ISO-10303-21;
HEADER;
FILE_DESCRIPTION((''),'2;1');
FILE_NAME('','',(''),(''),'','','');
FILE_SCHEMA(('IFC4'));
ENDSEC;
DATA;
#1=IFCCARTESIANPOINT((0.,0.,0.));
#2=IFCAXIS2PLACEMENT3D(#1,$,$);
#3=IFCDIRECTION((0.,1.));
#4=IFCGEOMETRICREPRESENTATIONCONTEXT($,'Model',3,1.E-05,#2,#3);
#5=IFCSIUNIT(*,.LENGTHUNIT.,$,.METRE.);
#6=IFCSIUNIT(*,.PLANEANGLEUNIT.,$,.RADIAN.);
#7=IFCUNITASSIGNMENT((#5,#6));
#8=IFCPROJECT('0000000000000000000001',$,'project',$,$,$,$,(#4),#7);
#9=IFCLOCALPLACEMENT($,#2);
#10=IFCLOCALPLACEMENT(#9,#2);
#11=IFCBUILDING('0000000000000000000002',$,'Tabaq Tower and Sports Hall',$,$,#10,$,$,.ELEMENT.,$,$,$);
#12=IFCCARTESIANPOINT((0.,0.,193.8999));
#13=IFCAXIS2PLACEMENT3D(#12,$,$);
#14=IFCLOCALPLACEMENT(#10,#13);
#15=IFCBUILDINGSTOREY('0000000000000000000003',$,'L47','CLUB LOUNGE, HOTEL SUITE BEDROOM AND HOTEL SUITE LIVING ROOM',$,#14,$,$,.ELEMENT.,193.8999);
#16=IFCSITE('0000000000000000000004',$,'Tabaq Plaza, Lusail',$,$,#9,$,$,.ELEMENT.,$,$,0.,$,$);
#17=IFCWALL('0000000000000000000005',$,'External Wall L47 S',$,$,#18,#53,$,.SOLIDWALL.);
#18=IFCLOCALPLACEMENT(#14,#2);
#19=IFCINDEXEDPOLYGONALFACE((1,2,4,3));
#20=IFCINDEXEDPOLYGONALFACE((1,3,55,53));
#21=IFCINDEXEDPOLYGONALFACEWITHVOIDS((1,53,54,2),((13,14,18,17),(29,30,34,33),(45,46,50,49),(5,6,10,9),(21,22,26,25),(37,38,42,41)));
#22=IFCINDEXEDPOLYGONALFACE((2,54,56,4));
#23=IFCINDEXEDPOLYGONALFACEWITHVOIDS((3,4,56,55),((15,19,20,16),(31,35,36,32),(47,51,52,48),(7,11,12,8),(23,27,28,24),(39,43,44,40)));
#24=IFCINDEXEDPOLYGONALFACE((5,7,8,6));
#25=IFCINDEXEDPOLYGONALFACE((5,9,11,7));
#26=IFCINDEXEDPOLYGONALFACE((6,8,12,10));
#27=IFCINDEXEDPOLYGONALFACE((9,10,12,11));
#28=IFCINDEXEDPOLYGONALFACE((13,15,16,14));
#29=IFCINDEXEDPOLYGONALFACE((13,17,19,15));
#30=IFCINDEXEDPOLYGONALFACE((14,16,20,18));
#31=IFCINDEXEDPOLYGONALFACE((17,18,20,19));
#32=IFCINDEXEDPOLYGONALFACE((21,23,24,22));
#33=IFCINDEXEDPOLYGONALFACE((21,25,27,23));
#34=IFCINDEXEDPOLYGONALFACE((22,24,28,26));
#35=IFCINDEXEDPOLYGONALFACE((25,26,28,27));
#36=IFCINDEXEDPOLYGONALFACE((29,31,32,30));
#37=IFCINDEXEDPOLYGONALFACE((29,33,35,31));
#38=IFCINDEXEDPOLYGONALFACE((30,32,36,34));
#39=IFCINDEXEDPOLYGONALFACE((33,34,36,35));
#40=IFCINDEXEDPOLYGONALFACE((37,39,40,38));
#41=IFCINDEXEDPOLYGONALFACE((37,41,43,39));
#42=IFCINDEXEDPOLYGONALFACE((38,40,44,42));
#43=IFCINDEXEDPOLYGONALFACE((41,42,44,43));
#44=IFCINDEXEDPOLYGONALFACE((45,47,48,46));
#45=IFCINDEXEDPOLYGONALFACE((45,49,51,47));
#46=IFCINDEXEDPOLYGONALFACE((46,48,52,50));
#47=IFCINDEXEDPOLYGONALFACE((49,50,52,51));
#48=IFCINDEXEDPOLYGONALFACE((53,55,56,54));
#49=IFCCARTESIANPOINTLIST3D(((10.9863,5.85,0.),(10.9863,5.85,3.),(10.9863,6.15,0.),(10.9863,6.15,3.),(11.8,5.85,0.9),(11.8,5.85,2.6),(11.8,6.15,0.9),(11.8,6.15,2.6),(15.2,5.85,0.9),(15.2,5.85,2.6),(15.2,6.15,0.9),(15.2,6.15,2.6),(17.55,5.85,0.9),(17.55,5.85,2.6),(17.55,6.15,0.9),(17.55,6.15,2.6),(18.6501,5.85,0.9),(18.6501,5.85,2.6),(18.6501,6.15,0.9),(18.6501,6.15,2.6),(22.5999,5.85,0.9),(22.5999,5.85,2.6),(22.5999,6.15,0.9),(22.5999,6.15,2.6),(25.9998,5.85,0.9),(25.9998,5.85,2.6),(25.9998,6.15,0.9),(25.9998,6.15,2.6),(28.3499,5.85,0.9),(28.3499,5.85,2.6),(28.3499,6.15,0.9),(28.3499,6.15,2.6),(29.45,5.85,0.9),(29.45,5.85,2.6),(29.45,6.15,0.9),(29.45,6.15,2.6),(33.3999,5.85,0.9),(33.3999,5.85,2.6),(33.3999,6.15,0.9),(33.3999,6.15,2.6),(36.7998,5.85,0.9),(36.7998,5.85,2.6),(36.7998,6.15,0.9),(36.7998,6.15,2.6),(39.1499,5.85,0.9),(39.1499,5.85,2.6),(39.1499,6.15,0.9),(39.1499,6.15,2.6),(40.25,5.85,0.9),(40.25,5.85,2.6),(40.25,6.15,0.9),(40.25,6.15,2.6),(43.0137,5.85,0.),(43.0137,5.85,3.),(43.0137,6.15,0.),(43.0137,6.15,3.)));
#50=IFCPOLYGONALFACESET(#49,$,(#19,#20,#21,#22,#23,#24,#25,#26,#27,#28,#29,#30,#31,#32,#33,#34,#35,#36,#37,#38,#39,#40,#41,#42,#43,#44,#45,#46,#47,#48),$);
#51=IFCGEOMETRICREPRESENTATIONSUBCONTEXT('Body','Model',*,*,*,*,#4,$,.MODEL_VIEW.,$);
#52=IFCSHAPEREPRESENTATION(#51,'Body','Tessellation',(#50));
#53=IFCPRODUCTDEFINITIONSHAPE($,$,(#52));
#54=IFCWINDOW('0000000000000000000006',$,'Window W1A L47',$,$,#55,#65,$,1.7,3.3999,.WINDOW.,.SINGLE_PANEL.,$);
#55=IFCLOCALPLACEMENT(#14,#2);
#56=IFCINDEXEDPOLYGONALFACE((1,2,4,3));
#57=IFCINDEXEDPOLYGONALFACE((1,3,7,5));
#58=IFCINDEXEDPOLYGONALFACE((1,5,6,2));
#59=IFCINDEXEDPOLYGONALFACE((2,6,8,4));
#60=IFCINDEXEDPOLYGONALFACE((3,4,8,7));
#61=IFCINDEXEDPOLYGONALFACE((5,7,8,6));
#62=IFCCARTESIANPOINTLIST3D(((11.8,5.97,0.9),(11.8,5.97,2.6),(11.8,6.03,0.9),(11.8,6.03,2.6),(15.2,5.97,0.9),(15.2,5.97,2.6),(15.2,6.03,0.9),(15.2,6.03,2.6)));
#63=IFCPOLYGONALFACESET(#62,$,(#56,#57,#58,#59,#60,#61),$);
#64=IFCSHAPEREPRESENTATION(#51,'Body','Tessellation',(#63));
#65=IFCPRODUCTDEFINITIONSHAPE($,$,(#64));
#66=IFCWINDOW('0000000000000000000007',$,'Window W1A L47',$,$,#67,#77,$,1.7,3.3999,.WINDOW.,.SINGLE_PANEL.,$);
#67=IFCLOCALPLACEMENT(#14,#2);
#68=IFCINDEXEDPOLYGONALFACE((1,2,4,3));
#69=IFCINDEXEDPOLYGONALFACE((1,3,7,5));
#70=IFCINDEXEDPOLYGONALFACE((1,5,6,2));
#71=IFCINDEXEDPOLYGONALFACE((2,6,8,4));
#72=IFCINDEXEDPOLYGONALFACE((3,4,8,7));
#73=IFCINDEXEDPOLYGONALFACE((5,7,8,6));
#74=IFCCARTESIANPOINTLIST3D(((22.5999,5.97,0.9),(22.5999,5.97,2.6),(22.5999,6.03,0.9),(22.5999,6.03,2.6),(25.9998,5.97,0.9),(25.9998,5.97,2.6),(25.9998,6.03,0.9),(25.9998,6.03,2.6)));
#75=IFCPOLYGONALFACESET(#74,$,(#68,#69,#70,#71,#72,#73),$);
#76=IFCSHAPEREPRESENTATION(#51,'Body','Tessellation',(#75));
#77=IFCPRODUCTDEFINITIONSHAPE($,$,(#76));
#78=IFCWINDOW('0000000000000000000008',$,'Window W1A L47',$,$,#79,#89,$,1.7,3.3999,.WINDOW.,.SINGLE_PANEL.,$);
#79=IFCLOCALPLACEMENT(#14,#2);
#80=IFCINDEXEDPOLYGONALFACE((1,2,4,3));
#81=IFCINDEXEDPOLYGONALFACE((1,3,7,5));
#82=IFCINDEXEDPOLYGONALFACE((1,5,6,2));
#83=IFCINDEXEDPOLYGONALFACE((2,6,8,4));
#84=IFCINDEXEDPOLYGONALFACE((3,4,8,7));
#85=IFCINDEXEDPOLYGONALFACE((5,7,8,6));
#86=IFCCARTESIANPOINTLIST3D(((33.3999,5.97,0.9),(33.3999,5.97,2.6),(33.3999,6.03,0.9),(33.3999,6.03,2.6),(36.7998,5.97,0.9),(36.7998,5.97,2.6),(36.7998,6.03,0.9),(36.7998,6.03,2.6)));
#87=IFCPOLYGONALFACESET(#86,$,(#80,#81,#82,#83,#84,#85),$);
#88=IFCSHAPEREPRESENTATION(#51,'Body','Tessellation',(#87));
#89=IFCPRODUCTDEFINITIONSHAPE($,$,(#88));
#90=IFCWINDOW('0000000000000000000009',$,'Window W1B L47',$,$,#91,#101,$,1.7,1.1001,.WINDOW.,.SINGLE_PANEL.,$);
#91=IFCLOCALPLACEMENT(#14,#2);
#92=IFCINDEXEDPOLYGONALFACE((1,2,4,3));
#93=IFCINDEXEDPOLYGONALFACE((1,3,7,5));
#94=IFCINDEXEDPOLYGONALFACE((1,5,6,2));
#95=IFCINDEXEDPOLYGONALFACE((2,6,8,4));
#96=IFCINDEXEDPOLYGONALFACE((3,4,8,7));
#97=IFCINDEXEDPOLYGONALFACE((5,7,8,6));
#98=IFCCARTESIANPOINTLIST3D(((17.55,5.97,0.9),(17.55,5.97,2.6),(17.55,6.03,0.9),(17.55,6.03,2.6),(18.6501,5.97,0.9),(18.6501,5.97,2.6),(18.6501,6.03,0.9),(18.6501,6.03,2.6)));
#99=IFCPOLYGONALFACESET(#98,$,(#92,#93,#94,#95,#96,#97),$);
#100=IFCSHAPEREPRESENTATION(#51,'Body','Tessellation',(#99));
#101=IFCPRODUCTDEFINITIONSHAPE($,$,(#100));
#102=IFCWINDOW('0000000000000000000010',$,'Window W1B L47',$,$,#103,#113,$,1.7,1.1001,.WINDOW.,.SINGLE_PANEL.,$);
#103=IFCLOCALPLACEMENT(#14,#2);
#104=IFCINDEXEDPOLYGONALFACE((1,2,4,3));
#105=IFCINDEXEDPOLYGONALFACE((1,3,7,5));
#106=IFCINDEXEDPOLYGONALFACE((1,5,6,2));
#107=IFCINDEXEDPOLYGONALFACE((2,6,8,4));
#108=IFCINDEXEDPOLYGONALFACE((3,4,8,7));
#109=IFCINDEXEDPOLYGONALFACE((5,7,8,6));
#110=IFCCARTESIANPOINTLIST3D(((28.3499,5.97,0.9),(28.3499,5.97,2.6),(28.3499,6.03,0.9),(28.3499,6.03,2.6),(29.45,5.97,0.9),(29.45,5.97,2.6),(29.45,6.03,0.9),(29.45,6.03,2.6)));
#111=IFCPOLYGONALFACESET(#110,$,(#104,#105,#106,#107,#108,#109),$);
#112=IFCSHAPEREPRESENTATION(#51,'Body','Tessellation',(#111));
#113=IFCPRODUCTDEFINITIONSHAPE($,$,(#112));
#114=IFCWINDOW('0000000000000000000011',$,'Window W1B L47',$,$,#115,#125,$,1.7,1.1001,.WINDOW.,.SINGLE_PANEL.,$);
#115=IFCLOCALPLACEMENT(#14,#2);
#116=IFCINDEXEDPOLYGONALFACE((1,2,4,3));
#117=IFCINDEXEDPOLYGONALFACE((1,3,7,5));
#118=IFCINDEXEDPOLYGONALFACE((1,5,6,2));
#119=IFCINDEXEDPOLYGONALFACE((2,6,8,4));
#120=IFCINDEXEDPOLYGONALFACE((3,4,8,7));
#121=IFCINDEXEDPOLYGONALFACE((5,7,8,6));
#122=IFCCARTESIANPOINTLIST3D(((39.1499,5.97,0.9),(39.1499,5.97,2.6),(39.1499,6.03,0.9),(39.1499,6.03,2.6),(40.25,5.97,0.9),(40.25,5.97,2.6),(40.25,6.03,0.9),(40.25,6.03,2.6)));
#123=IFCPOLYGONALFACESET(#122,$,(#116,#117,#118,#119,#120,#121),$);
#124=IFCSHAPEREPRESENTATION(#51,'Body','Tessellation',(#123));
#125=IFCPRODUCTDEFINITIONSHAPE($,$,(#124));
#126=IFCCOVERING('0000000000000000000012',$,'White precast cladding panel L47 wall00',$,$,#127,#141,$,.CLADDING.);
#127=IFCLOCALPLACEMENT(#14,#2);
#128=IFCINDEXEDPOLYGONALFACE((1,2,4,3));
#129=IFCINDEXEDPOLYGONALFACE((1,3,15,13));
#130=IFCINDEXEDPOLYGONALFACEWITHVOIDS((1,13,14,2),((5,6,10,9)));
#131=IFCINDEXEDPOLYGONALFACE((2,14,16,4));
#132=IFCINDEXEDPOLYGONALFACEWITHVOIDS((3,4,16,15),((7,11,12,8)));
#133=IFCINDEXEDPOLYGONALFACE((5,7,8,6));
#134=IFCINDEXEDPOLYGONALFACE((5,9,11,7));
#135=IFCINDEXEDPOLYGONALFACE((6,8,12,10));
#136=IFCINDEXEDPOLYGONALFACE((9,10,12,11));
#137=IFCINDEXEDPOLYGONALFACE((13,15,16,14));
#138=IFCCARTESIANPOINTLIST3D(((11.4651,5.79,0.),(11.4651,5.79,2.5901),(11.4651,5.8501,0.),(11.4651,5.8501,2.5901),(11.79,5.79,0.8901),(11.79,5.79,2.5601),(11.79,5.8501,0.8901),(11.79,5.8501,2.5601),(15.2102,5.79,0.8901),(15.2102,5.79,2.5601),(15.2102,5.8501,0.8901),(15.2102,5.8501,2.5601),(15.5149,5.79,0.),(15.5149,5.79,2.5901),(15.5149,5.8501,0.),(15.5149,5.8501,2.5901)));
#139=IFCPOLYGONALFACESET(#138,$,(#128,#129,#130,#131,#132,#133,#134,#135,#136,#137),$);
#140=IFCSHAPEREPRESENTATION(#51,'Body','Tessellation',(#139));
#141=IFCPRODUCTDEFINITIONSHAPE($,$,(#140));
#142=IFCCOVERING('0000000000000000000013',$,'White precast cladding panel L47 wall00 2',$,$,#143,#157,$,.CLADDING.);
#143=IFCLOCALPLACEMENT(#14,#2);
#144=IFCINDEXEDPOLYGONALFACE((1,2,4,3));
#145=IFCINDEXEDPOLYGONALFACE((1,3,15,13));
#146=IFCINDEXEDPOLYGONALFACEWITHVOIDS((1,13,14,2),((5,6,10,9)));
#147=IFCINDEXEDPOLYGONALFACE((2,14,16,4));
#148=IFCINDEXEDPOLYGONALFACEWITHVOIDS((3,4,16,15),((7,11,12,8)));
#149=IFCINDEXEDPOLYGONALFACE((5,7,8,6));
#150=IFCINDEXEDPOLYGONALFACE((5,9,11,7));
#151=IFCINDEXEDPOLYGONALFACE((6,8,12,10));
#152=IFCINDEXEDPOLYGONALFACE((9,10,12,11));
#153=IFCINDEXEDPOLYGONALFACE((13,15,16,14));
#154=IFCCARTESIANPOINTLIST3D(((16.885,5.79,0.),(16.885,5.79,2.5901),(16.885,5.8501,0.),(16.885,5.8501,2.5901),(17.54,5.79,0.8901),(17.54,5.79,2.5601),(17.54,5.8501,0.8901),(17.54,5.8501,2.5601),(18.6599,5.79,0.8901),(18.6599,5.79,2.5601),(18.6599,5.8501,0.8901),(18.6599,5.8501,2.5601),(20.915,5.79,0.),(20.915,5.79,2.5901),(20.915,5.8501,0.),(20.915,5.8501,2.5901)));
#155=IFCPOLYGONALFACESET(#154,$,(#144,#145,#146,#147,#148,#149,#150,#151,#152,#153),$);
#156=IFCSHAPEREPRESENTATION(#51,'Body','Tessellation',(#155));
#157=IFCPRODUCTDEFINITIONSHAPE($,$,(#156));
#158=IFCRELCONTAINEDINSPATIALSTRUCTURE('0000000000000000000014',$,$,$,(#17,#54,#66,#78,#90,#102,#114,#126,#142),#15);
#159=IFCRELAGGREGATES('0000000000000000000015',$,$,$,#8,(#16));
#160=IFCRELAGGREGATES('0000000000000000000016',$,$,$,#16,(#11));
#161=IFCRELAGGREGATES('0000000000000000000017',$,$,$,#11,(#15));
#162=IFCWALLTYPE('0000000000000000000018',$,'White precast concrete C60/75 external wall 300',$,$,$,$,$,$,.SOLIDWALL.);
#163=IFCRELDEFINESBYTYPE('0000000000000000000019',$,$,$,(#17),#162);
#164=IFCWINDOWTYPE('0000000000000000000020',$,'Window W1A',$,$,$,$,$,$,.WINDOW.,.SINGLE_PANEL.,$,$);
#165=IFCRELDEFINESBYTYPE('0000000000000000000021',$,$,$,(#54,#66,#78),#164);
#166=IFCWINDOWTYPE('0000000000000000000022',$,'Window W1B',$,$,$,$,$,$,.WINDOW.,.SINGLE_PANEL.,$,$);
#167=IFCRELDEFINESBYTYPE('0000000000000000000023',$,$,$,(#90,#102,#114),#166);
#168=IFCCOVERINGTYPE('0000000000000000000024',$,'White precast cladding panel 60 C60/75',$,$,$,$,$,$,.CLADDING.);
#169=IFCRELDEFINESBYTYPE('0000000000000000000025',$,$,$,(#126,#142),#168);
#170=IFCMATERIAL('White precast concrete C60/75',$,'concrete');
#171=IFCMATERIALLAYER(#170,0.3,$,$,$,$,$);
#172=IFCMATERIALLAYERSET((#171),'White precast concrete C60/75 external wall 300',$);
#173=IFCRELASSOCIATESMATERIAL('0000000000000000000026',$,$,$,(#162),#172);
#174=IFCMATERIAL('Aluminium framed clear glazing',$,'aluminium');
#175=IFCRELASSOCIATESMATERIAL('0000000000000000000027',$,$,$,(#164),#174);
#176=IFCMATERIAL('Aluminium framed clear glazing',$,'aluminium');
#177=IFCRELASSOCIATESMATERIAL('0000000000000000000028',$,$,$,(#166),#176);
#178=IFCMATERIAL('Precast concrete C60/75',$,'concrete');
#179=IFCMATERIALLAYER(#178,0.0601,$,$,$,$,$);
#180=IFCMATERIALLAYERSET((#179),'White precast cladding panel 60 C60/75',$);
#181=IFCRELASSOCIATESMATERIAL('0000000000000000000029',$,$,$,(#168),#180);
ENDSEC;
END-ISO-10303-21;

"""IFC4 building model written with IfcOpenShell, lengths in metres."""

from ifc_helpers import new_model, si_unit, direction, frame, frame_2d, origin, place, context, subcontext, project, spatial, polyline, rectangle, outline, extrude, material, layer, layer_set, type_object, element, fill, save


model = new_model("IFC4")

# Units and contexts
model_context = context("Model", 3, precision=1e-05, world=origin(), true_north=direction((0.0, 1.0)))
body_context = subcontext(model_context, "Body", "Model", "MODEL_VIEW")
ifc_project = project(units=[si_unit("LENGTHUNIT", "METRE"), si_unit("PLANEANGLEUNIT", "RADIAN")], contexts=[model_context])

# Site, building, storey
site_placement = place(None, origin())
site = spatial("IfcSite", under=ifc_project, at=site_placement, Name="Tabaq Plaza, Lusail", CompositionType="ELEMENT", RefElevation=0.0)
building_placement = place(site_placement, origin())
building = spatial("IfcBuilding", under=site, at=building_placement, Name="Tabaq Tower and Sports Hall", CompositionType="ELEMENT")
storey_placement = place(building_placement, frame((0.0, 0.0, 193.8999)))
storey = spatial("IfcBuildingStorey", under=building, at=storey_placement, Name="L47", Description="CLUB LOUNGE, HOTEL SUITE BEDROOM AND HOTEL SUITE LIVING ROOM", CompositionType="ELEMENT", Elevation=193.8999)

# Wall, openings, windows
ifc_material_1 = material(Name="White precast concrete C60/75", Category="concrete")
ifc_layer_1 = layer(ifc_material_1, 0.3)
ifc_layer_set_1 = layer_set([ifc_layer_1], Name="White precast concrete C60/75 external wall 300")
wall_type_1 = type_object("IfcWallType", Name="White precast concrete C60/75 external wall 300", PredefinedType="SOLIDWALL", material=ifc_layer_set_1)
wall_1_placement = place(storey_placement, frame((10.9863, 6.0, 0.0), z_axis=(0.0, 0.0, 1.0), x_axis=(1.0, 0.0, 0.0)))
wall_1 = element("IfcWall", 1, at=wall_1_placement, inside=storey, type_object=wall_type_1, Name="External Wall L47 S", PredefinedType="SOLIDWALL", context=body_context, shape_type="SweptSolid", body=[
    extrude(rectangle(XDim=32.0273, YDim=0.3, at=frame_2d((16.0137, 0.0))), origin(), (0.0, 0.0, 1.0), 3.0),
])
opening_1_placement = place(wall_1_placement, frame((0.8137, 0.0, 0.8999)))
opening_1 = element("IfcOpeningElement", 2, at=opening_1_placement, cuts=wall_1, PredefinedType="OPENING", context=body_context, shape_type="SweptSolid", body=[
    extrude(rectangle(XDim=3.3999, YDim=1.7, at=frame_2d((1.7, 0.8501))), frame((0.0, 0.1602, 0.0), z_axis=(0.0, -1.0, 0.0), x_axis=(1.0, 0.0, 0.0)), (0.0, 0.0, 1.0), 0.3201),
])
opening_2_placement = place(wall_1_placement, frame((6.5637, 0.0, 0.8999)))
opening_2 = element("IfcOpeningElement", 3, at=opening_2_placement, cuts=wall_1, PredefinedType="OPENING", context=body_context, shape_type="SweptSolid", body=[
    extrude(rectangle(XDim=1.1001, YDim=1.7, at=frame_2d((0.55, 0.8501))), frame((0.0, 0.1602, 0.0), z_axis=(0.0, -1.0, 0.0), x_axis=(1.0, 0.0, 0.0)), (0.0, 0.0, 1.0), 0.3201),
])
opening_3_placement = place(wall_1_placement, frame((11.6135, 0.0, 0.8999)))
opening_3 = element("IfcOpeningElement", 4, at=opening_3_placement, cuts=wall_1, PredefinedType="OPENING", context=body_context, shape_type="SweptSolid", body=[
    extrude(rectangle(XDim=3.3999, YDim=1.7, at=frame_2d((1.7, 0.8501))), frame((0.0, 0.1602, 0.0), z_axis=(0.0, -1.0, 0.0), x_axis=(1.0, 0.0, 0.0)), (0.0, 0.0, 1.0), 0.3201),
])
opening_4_placement = place(wall_1_placement, frame((17.3635, 0.0, 0.8999)))
opening_4 = element("IfcOpeningElement", 5, at=opening_4_placement, cuts=wall_1, PredefinedType="OPENING", context=body_context, shape_type="SweptSolid", body=[
    extrude(rectangle(XDim=1.1001, YDim=1.7, at=frame_2d((0.55, 0.8501))), frame((0.0, 0.1602, 0.0), z_axis=(0.0, -1.0, 0.0), x_axis=(1.0, 0.0, 0.0)), (0.0, 0.0, 1.0), 0.3201),
])
opening_5_placement = place(wall_1_placement, frame((22.4136, 0.0, 0.8999)))
opening_5 = element("IfcOpeningElement", 6, at=opening_5_placement, cuts=wall_1, PredefinedType="OPENING", context=body_context, shape_type="SweptSolid", body=[
    extrude(rectangle(XDim=3.3999, YDim=1.7, at=frame_2d((1.7, 0.8501))), frame((0.0, 0.1602, 0.0), z_axis=(0.0, -1.0, 0.0), x_axis=(1.0, 0.0, 0.0)), (0.0, 0.0, 1.0), 0.3201),
])
opening_6_placement = place(wall_1_placement, frame((28.1636, 0.0, 0.8999)))
opening_6 = element("IfcOpeningElement", 7, at=opening_6_placement, cuts=wall_1, PredefinedType="OPENING", context=body_context, shape_type="SweptSolid", body=[
    extrude(rectangle(XDim=1.1001, YDim=1.7, at=frame_2d((0.55, 0.8501))), frame((0.0, 0.1602, 0.0), z_axis=(0.0, -1.0, 0.0), x_axis=(1.0, 0.0, 0.0)), (0.0, 0.0, 1.0), 0.3201),
])
ifc_material_2 = material(Name="Aluminium framed clear glazing", Category="aluminium")
window_type_1 = type_object("IfcWindowType", Name="Window W1A", PartitioningType="SINGLE_PANEL", PredefinedType="WINDOW", material=ifc_material_2)
window_1_placement = place(opening_1_placement, origin())
window_1 = element("IfcWindow", 8, at=window_1_placement, inside=storey, type_object=window_type_1, Name="Window W1A L47", OverallHeight=1.7, OverallWidth=3.3999, PartitioningType="SINGLE_PANEL", PredefinedType="WINDOW", context=body_context, shape_type="SweptSolid", body=[
    extrude(rectangle(XDim=3.3999, YDim=1.7, at=frame_2d((1.7, 0.8501))), frame((0.0, 0.03, 0.0), z_axis=(0.0, -1.0, 0.0), x_axis=(1.0, 0.0, 0.0)), (0.0, 0.0, 1.0), 0.0601),
])
fill(opening_1, window_1)
window_2_placement = place(opening_3_placement, origin())
window_2 = element("IfcWindow", 9, at=window_2_placement, inside=storey, type_object=window_type_1, Name="Window W1A L47", OverallHeight=1.7, OverallWidth=3.3999, PartitioningType="SINGLE_PANEL", PredefinedType="WINDOW", context=body_context, shape_type="SweptSolid", body=[
    extrude(rectangle(XDim=3.3999, YDim=1.7, at=frame_2d((1.7, 0.8501))), frame((0.0, 0.03, 0.0), z_axis=(0.0, -1.0, 0.0), x_axis=(1.0, 0.0, 0.0)), (0.0, 0.0, 1.0), 0.0601),
])
fill(opening_3, window_2)
window_3_placement = place(opening_5_placement, origin())
window_3 = element("IfcWindow", 10, at=window_3_placement, inside=storey, type_object=window_type_1, Name="Window W1A L47", OverallHeight=1.7, OverallWidth=3.3999, PartitioningType="SINGLE_PANEL", PredefinedType="WINDOW", context=body_context, shape_type="SweptSolid", body=[
    extrude(rectangle(XDim=3.3999, YDim=1.7, at=frame_2d((1.7, 0.8501))), frame((0.0, 0.03, 0.0), z_axis=(0.0, -1.0, 0.0), x_axis=(1.0, 0.0, 0.0)), (0.0, 0.0, 1.0), 0.0601),
])
fill(opening_5, window_3)
ifc_material_3 = material(Name="Aluminium framed clear glazing", Category="aluminium")
window_type_2 = type_object("IfcWindowType", Name="Window W1B", PartitioningType="SINGLE_PANEL", PredefinedType="WINDOW", material=ifc_material_3)
window_4_placement = place(opening_2_placement, origin())
window_4 = element("IfcWindow", 11, at=window_4_placement, inside=storey, type_object=window_type_2, Name="Window W1B L47", OverallHeight=1.7, OverallWidth=1.1001, PartitioningType="SINGLE_PANEL", PredefinedType="WINDOW", context=body_context, shape_type="SweptSolid", body=[
    extrude(rectangle(XDim=1.1001, YDim=1.7, at=frame_2d((0.55, 0.8501))), frame((0.0, 0.03, 0.0), z_axis=(0.0, -1.0, 0.0), x_axis=(1.0, 0.0, 0.0)), (0.0, 0.0, 1.0), 0.0601),
])
fill(opening_2, window_4)
window_5_placement = place(opening_4_placement, origin())
window_5 = element("IfcWindow", 12, at=window_5_placement, inside=storey, type_object=window_type_2, Name="Window W1B L47", OverallHeight=1.7, OverallWidth=1.1001, PartitioningType="SINGLE_PANEL", PredefinedType="WINDOW", context=body_context, shape_type="SweptSolid", body=[
    extrude(rectangle(XDim=1.1001, YDim=1.7, at=frame_2d((0.55, 0.8501))), frame((0.0, 0.03, 0.0), z_axis=(0.0, -1.0, 0.0), x_axis=(1.0, 0.0, 0.0)), (0.0, 0.0, 1.0), 0.0601),
])
fill(opening_4, window_5)
window_6_placement = place(opening_6_placement, origin())
window_6 = element("IfcWindow", 13, at=window_6_placement, inside=storey, type_object=window_type_2, Name="Window W1B L47", OverallHeight=1.7, OverallWidth=1.1001, PartitioningType="SINGLE_PANEL", PredefinedType="WINDOW", context=body_context, shape_type="SweptSolid", body=[
    extrude(rectangle(XDim=1.1001, YDim=1.7, at=frame_2d((0.55, 0.8501))), frame((0.0, 0.03, 0.0), z_axis=(0.0, -1.0, 0.0), x_axis=(1.0, 0.0, 0.0)), (0.0, 0.0, 1.0), 0.0601),
])
fill(opening_6, window_6)

# Coverings
ifc_material_4 = material(Name="Precast concrete C60/75", Category="concrete")
ifc_layer_2 = layer(ifc_material_4, 0.0601)
ifc_layer_set_2 = layer_set([ifc_layer_2], Name="White precast cladding panel 60 C60/75")
covering_type = type_object("IfcCoveringType", Name="White precast cladding panel 60 C60/75", PredefinedType="CLADDING", material=ifc_layer_set_2)
covering_1_placement = place(storey_placement, frame((11.4651, 5.8201, 0.0), z_axis=(0.0, 0.0, 1.0), x_axis=(1.0, 0.0, 0.0)))
element("IfcCovering", 14, at=covering_1_placement, inside=storey, type_object=covering_type, Name="White precast cladding panel L47 wall00", PredefinedType="CLADDING", context=body_context, shape_type="SweptSolid", body=[
    extrude(outline(polyline([(0.0, 0.0), (4.0498, 0.0), (4.0498, 2.5901), (0.0, 2.5901), (0.0, 0.0)]), holes=[polyline([(3.7451, 0.8901), (0.325, 0.8901), (0.325, 2.5601), (3.7451, 2.5601), (3.7451, 0.8901)])]), frame((0.0, 0.03, 0.0), z_axis=(0.0, -1.0, 0.0), x_axis=(1.0, 0.0, 0.0)), (0.0, 0.0, 1.0), 0.0601),
])
covering_2_placement = place(storey_placement, frame((16.885, 5.8201, 0.0), z_axis=(0.0, 0.0, 1.0), x_axis=(1.0, 0.0, 0.0)))
element("IfcCovering", 15, at=covering_2_placement, inside=storey, type_object=covering_type, Name="White precast cladding panel L47 wall00 2", PredefinedType="CLADDING", context=body_context, shape_type="SweptSolid", body=[
    extrude(outline(polyline([(0.0, 0.0), (4.03, 0.0), (4.03, 2.5901), (0.0, 2.5901), (0.0, 0.0)]), holes=[polyline([(1.7749, 0.8901), (0.655, 0.8901), (0.655, 2.5601), (1.7749, 2.5601), (1.7749, 0.8901)])]), frame((0.0, 0.03, 0.0), z_axis=(0.0, -1.0, 0.0), x_axis=(1.0, 0.0, 0.0)), (0.0, 0.0, 1.0), 0.0601),
])

save(model, "model.ifc")
